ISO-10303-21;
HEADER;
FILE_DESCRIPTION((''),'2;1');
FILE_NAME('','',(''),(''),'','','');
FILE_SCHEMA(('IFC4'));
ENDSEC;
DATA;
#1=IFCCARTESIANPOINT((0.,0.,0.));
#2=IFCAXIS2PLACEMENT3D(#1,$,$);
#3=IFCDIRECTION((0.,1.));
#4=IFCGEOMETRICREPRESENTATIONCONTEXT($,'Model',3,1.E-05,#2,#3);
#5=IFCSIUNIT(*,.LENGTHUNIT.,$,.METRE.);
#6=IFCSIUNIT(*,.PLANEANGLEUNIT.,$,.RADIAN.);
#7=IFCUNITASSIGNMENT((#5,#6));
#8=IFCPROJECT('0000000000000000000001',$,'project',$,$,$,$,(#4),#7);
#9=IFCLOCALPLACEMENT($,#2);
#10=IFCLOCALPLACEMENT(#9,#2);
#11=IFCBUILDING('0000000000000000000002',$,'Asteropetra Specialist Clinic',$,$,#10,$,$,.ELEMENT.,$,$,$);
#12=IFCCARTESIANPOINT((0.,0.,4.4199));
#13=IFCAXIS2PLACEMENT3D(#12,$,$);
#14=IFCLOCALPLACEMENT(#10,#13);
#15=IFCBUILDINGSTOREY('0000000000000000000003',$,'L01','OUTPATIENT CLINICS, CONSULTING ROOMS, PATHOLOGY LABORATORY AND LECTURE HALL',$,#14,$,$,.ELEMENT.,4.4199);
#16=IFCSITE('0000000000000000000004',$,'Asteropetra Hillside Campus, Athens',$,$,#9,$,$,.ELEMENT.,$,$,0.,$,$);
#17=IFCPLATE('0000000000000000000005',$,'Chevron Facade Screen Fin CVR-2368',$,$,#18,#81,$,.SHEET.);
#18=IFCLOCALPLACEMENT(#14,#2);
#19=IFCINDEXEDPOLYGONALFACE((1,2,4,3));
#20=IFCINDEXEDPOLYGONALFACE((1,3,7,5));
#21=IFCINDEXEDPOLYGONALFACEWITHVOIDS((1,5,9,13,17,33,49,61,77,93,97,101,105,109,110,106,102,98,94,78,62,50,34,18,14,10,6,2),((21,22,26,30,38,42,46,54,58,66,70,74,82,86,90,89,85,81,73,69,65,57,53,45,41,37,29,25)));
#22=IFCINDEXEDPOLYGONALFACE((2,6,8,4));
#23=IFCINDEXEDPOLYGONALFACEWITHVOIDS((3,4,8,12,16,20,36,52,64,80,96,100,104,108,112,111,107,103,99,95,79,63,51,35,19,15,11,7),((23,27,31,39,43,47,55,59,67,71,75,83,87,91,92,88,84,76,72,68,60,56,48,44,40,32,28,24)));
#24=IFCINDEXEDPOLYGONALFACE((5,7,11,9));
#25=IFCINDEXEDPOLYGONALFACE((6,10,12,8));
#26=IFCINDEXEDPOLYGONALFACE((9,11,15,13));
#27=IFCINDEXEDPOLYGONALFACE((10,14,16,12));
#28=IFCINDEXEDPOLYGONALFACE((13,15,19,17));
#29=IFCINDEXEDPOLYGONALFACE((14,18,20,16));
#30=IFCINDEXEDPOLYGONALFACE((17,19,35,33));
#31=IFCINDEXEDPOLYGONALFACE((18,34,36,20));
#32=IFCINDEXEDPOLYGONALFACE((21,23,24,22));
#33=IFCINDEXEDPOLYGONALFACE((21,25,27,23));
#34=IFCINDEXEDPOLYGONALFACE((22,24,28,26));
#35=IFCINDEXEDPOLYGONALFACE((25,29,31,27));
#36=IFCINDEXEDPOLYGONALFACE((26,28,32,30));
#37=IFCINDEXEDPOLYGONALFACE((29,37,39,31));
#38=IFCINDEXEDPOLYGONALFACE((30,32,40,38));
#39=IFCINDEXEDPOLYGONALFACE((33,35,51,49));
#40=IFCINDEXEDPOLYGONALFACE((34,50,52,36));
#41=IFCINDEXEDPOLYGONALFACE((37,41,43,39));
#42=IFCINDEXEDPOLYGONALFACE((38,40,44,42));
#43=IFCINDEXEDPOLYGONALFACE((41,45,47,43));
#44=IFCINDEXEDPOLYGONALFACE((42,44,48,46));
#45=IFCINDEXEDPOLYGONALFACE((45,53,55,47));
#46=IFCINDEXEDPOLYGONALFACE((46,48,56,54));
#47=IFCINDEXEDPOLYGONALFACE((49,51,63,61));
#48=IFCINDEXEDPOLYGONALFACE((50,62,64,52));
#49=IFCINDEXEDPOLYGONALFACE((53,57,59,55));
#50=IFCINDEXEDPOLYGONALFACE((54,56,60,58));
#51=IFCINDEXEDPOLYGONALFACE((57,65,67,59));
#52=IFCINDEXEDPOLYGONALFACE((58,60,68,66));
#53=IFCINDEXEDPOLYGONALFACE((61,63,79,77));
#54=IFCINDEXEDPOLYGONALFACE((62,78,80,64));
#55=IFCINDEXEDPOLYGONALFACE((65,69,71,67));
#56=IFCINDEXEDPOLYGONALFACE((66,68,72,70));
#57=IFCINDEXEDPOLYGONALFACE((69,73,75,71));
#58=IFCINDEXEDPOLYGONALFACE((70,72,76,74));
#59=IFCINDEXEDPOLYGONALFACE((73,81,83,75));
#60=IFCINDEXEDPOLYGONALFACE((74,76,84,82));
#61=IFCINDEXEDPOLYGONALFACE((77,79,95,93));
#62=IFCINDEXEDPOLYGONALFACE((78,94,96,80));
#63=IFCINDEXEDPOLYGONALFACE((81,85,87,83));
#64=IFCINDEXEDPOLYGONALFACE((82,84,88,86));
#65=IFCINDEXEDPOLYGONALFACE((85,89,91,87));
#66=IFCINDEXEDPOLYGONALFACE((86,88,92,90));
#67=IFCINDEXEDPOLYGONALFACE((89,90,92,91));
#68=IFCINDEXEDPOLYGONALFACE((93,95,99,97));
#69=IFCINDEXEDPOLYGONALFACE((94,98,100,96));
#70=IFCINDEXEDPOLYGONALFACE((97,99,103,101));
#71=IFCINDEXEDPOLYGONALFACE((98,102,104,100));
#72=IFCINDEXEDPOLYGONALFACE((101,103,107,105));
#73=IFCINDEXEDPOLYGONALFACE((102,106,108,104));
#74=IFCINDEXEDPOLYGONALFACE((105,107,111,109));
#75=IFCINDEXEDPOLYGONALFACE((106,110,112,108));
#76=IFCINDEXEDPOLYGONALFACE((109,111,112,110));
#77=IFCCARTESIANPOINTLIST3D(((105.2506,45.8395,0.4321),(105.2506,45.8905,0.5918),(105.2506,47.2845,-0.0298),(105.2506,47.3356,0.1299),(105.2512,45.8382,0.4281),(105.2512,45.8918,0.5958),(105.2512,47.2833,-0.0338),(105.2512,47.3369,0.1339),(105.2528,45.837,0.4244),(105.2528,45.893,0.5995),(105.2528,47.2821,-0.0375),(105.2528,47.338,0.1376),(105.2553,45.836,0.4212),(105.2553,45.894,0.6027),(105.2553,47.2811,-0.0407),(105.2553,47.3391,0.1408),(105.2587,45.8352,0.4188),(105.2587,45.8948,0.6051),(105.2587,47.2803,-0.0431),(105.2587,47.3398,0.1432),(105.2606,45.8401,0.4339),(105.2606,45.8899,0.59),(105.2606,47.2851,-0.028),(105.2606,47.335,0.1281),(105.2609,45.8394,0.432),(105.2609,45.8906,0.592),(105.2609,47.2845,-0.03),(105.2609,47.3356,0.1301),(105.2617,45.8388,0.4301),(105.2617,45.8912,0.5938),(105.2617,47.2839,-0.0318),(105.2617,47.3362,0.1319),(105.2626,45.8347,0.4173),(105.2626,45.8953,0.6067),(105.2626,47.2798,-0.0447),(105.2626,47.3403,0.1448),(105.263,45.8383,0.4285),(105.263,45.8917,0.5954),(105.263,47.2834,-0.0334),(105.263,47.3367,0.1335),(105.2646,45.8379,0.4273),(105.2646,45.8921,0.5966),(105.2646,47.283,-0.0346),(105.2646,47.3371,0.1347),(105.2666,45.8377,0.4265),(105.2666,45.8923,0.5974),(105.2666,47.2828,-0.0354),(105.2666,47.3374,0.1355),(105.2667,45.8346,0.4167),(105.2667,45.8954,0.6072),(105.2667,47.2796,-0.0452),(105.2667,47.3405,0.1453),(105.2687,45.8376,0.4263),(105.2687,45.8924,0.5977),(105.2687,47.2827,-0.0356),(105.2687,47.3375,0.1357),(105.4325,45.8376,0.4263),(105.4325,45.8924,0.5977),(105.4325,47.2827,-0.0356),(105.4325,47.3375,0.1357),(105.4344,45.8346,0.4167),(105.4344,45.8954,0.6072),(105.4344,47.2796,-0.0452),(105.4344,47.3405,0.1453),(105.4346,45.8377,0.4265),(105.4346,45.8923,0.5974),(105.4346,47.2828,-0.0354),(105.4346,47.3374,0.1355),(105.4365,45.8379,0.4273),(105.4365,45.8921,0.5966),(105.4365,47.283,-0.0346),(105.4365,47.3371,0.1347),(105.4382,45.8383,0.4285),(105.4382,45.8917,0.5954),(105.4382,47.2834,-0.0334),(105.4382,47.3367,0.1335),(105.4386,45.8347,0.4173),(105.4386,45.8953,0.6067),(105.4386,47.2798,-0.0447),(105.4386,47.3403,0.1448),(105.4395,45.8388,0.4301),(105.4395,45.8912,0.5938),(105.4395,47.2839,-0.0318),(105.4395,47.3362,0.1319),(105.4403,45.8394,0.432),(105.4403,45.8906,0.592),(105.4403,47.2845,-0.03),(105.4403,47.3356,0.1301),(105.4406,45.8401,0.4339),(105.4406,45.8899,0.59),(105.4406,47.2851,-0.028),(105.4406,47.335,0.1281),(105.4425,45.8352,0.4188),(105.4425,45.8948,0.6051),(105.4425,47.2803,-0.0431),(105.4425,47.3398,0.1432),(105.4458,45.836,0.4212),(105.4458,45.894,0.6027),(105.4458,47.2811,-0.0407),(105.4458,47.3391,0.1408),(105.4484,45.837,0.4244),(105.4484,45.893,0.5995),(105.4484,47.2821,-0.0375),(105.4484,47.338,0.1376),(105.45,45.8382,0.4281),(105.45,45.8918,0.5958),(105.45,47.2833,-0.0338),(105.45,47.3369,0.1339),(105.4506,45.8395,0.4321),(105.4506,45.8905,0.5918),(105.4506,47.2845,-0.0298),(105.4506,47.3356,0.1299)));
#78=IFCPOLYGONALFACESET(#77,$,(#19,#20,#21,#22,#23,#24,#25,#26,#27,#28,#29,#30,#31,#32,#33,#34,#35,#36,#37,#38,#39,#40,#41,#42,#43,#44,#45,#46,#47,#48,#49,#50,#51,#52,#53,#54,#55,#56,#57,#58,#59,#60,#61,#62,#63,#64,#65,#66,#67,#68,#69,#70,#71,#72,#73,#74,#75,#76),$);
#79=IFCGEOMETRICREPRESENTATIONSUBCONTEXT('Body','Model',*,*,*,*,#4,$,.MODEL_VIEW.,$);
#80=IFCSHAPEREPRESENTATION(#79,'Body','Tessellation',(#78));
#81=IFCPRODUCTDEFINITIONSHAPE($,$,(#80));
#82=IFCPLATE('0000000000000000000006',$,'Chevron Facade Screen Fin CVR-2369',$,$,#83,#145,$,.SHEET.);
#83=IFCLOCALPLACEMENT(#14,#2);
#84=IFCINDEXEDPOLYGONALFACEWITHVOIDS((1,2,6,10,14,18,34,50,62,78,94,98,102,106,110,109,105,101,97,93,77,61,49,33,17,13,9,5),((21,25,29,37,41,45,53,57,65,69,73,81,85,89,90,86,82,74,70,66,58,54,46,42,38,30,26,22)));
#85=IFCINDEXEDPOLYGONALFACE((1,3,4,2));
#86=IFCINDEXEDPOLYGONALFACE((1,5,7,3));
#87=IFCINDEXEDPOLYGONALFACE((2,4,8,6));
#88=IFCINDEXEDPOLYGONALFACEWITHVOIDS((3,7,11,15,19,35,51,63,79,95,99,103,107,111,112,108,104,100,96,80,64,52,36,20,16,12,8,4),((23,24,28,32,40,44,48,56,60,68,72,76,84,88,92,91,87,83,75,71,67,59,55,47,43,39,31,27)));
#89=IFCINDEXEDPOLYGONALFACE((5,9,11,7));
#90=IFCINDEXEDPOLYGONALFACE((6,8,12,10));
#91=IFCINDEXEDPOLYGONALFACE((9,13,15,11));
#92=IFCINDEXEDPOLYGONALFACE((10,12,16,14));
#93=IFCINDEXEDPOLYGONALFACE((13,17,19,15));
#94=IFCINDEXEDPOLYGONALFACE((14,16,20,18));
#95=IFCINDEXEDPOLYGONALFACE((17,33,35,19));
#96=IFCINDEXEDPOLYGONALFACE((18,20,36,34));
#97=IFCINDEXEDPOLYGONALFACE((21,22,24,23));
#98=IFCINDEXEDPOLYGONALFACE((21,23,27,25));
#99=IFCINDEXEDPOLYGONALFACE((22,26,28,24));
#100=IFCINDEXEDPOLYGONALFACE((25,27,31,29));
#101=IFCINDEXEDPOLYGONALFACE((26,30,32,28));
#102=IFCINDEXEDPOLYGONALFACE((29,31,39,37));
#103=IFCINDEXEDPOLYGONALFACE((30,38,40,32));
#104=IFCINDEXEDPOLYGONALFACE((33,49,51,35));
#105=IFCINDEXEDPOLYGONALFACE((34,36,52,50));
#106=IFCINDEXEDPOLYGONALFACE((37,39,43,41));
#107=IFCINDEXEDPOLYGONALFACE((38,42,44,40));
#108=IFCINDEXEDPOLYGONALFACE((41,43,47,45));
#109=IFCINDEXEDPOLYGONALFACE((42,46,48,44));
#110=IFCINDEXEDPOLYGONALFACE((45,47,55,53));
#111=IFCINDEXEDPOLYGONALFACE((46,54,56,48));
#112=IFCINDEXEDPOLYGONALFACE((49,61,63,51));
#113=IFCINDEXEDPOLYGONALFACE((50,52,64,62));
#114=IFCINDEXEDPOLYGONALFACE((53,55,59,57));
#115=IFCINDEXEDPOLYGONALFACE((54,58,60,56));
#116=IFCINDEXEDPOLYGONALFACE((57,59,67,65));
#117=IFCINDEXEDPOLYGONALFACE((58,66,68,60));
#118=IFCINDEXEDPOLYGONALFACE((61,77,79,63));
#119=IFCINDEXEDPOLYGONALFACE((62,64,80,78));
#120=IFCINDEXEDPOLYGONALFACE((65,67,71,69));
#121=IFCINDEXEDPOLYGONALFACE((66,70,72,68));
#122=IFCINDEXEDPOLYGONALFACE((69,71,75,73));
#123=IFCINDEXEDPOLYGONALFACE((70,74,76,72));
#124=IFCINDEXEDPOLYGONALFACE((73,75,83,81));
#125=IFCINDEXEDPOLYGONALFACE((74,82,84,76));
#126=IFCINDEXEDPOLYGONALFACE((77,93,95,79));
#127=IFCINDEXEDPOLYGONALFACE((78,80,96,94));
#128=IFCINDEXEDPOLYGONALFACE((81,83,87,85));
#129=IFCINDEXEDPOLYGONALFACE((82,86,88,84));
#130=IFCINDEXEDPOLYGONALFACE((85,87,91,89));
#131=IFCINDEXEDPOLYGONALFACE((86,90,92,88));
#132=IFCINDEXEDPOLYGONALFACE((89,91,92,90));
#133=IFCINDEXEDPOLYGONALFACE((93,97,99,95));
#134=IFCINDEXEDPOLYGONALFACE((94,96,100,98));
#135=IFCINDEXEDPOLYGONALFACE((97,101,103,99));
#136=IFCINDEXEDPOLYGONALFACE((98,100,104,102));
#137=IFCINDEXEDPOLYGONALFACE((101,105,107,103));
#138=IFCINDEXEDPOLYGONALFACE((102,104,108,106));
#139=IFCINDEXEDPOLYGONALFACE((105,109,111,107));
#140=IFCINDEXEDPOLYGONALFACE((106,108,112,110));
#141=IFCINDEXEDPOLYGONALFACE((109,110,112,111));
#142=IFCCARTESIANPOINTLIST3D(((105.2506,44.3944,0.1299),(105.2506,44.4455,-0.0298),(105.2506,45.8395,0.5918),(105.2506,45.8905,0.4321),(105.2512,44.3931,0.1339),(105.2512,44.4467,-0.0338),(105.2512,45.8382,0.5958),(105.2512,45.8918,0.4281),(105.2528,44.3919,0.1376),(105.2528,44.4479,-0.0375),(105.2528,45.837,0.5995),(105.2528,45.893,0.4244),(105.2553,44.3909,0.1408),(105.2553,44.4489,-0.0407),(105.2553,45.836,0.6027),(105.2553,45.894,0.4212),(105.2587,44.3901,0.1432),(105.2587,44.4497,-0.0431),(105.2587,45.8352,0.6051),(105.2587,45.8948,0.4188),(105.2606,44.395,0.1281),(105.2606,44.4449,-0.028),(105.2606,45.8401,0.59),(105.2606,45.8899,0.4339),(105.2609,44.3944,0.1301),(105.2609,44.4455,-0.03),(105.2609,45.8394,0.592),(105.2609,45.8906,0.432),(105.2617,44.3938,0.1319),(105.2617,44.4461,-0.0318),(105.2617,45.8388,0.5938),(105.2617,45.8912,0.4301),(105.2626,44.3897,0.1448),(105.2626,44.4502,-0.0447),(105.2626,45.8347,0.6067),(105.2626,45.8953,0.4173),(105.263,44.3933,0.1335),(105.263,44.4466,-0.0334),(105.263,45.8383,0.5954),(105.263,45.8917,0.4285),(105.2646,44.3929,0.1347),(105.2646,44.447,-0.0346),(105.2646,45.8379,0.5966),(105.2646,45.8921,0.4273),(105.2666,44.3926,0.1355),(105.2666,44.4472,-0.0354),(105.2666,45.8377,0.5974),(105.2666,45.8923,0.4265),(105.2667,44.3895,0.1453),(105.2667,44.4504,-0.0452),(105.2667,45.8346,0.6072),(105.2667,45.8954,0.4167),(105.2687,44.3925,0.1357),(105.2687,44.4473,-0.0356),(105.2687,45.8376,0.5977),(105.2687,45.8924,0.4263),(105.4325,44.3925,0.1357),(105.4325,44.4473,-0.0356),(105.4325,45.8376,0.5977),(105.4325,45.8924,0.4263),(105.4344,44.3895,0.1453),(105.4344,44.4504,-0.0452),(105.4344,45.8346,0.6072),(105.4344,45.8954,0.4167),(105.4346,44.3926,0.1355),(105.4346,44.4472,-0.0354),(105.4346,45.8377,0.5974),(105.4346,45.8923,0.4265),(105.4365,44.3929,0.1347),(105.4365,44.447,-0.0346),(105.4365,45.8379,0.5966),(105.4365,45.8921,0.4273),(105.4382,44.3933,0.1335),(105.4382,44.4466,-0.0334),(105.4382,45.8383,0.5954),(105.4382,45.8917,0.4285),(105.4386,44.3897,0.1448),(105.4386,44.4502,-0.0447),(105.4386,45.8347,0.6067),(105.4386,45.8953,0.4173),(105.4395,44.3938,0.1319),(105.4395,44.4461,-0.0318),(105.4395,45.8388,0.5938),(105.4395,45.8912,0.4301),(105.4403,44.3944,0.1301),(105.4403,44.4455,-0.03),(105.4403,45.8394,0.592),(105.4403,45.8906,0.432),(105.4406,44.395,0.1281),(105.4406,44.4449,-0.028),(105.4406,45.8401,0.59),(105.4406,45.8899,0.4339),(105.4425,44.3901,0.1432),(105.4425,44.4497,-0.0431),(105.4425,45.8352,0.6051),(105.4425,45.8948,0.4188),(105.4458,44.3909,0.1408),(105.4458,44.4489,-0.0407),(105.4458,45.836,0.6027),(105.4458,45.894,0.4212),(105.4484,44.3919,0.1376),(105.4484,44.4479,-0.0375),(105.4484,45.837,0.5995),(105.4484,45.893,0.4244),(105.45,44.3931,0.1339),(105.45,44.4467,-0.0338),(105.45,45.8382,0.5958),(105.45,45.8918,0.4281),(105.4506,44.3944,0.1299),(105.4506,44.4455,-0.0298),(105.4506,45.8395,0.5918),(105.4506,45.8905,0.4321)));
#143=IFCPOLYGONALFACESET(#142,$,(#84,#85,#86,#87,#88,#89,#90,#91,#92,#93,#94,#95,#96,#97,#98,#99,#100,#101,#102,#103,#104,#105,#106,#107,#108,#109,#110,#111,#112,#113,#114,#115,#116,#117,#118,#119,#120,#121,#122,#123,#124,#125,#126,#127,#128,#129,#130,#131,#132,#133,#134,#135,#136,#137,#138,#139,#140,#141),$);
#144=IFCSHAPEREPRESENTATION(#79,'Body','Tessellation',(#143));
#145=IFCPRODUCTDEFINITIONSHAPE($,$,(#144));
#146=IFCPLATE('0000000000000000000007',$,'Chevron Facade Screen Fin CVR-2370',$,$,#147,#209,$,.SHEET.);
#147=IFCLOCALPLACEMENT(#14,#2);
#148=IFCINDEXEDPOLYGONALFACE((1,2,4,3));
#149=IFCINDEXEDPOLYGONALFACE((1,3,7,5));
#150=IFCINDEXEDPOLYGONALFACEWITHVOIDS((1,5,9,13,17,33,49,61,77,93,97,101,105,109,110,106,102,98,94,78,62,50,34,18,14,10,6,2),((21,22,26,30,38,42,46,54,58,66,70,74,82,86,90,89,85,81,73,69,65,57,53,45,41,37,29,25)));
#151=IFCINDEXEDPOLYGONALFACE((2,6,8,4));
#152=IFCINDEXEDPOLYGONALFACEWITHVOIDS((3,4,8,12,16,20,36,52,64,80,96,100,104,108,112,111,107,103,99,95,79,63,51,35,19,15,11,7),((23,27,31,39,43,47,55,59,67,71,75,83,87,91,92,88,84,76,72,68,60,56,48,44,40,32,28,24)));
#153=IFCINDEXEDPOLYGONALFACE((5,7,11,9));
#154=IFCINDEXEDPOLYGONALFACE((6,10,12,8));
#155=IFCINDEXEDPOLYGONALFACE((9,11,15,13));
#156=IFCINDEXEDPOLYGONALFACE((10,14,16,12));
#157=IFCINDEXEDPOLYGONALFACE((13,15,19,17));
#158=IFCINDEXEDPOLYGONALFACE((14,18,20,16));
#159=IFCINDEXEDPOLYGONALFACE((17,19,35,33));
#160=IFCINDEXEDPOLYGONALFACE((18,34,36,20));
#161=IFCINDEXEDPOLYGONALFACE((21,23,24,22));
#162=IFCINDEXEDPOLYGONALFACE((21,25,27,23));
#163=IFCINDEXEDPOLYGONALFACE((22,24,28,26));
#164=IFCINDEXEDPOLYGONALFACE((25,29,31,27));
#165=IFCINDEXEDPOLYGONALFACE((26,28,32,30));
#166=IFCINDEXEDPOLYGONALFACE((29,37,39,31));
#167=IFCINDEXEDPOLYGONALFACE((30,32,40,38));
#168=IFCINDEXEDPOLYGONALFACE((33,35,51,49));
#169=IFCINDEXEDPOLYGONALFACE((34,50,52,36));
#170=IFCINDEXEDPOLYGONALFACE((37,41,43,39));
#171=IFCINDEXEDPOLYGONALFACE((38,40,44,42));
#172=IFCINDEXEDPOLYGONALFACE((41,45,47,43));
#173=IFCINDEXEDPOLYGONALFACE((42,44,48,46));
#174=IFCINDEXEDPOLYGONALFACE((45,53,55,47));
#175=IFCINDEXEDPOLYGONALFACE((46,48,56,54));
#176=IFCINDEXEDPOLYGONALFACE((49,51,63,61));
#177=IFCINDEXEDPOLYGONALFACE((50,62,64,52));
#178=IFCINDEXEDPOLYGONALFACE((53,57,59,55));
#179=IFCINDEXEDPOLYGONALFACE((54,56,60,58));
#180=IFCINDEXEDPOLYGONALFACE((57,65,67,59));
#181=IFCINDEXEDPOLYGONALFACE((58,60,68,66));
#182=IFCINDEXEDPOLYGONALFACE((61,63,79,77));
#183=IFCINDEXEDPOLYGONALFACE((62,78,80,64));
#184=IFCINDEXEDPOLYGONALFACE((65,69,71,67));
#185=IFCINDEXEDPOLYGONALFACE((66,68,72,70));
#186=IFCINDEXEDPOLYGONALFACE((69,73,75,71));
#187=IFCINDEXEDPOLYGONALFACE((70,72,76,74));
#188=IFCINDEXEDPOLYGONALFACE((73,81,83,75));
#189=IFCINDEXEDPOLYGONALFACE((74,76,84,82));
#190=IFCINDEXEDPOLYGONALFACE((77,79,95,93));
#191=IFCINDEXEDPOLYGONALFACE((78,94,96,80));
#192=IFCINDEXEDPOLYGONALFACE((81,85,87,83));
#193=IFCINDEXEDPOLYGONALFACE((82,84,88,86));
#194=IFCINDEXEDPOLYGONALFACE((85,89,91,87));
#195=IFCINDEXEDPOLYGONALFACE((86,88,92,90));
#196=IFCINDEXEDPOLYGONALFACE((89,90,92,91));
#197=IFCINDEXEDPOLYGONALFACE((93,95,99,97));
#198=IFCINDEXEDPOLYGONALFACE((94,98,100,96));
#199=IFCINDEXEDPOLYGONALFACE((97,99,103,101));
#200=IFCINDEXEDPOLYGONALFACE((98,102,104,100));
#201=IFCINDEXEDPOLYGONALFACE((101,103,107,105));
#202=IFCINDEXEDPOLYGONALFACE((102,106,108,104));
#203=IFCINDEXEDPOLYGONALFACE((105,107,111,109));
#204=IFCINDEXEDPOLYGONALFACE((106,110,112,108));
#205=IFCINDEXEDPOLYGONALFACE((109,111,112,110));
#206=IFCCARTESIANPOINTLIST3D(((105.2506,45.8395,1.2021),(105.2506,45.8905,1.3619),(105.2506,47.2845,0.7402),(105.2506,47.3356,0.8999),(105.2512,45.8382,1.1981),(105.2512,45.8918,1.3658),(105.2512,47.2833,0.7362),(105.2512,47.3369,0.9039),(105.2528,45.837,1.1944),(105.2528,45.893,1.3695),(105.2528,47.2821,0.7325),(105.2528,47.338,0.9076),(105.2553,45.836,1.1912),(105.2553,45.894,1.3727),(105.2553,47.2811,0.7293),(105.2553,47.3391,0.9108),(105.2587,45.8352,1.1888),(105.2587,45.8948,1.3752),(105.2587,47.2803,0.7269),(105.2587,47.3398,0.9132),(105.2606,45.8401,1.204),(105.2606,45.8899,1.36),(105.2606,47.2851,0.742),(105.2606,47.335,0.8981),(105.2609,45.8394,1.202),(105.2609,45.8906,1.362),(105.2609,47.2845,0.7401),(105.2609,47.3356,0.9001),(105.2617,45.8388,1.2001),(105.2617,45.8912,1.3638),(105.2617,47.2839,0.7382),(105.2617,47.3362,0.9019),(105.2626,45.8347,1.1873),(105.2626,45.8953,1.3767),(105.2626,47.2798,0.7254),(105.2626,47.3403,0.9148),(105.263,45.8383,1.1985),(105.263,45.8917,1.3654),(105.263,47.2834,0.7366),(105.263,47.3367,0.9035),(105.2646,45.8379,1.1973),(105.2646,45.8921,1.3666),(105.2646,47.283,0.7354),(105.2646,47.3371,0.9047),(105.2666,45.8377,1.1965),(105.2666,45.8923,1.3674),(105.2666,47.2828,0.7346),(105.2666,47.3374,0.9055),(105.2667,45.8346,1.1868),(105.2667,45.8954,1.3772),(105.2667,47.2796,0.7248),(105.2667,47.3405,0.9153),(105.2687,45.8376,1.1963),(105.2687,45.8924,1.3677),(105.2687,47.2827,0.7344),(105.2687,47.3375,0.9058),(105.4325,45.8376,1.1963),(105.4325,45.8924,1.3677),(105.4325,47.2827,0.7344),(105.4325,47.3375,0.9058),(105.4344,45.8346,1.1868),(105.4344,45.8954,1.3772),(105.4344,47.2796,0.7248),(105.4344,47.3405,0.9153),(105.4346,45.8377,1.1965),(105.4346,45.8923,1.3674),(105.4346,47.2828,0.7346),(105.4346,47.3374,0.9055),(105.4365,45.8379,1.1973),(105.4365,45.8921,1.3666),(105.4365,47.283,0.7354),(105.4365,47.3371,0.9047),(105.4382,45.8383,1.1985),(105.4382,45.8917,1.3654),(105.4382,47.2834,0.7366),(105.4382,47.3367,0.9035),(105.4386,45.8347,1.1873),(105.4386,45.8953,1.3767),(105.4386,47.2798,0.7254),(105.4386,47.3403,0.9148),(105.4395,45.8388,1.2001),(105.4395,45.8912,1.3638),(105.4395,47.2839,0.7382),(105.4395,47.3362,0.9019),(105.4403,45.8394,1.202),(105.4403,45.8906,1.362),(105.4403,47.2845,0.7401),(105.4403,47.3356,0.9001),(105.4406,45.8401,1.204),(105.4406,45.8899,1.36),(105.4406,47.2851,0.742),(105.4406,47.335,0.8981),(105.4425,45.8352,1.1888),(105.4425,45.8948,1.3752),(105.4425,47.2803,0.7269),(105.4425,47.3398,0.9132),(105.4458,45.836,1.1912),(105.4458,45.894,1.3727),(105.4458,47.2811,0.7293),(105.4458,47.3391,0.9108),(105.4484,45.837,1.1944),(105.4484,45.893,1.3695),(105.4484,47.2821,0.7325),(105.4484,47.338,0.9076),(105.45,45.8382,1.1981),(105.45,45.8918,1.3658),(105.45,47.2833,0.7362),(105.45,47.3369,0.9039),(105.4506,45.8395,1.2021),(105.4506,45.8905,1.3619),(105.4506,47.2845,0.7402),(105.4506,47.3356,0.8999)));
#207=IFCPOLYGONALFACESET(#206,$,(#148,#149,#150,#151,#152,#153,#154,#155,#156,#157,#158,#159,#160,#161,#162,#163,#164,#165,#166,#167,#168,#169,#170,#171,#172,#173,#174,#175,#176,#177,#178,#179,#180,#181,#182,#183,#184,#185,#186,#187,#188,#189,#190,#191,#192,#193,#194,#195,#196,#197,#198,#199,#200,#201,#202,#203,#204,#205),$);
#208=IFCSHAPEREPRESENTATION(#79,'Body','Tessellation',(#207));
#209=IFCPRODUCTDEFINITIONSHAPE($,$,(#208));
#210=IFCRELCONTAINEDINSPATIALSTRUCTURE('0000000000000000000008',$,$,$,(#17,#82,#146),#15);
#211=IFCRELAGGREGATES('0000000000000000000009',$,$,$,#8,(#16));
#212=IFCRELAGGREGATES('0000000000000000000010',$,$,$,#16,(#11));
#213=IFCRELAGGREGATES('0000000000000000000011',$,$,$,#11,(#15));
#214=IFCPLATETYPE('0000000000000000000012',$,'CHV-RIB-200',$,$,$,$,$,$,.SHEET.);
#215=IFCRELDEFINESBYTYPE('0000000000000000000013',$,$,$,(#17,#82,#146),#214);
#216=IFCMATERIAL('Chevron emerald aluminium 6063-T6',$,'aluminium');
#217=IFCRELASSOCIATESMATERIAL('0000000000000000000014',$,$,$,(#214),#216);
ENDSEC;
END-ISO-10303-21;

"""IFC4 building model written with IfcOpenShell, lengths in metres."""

from ifc_helpers import new_model, si_unit, direction, frame, origin, origin_2d, place, context, subcontext, project, spatial, hollow_rectangle, extrude, material, material_profile, profile_set, type_object, element, save


model = new_model("IFC4")

# Units and contexts
model_context = context("Model", 3, precision=1e-05, world=origin(), true_north=direction((0.0, 1.0)))
body_context = subcontext(model_context, "Body", "Model", "MODEL_VIEW")
ifc_project = project(units=[si_unit("LENGTHUNIT", "METRE"), si_unit("PLANEANGLEUNIT", "RADIAN")], contexts=[model_context])

# Site, building, storey
site_placement = place(None, origin())
site = spatial("IfcSite", under=ifc_project, at=site_placement, Name="Asteropetra Hillside Campus, Athens", CompositionType="ELEMENT", RefElevation=0.0)
building_placement = place(site_placement, origin())
building = spatial("IfcBuilding", under=site, at=building_placement, Name="Asteropetra Specialist Clinic", CompositionType="ELEMENT")
storey_placement = place(building_placement, frame((0.0, 0.0, 4.4199)))
storey = spatial("IfcBuildingStorey", under=building, at=storey_placement, Name="L01", Description="OUTPATIENT CLINICS, CONSULTING ROOMS, PATHOLOGY LABORATORY AND LECTURE HALL", CompositionType="ELEMENT", Elevation=4.4199)

# Plates
ifc_material_1 = material(Name="Chevron emerald aluminium 6063-T6", Category="aluminium")
ifc_material_profile = material_profile(ifc_material_1, hollow_rectangle(XDim=0.2, YDim=0.2, WallThickness=0.01, InnerFilletRadius=0.0081, OuterFilletRadius=0.0161, at=origin_2d()), Name="SHS 200x200x10.0")
ifc_profile_set = profile_set([ifc_material_profile], Name="Chevron emerald aluminium 6063-T6")
plate_type = type_object("IfcPlateType", Name="CHV-RIB-200", PredefinedType="SHEET", material=ifc_profile_set)
for number, where, z_axis, x_axis, name in (
    (1, (105.3506, 47.3101, 0.05), (0.0, -0.952521, 0.304472), (1.0, 0.0, 0.0), "Chevron Facade Screen Fin CVR-2368"),
    (2, (105.3506, 45.865, 0.512), (0.0, -0.952521, -0.304472), (1.0, 0.0, 0.0), "Chevron Facade Screen Fin CVR-2369"),
    (3, (105.3506, 47.3101, 0.8201), (0.0, -0.952521, 0.304472), (1.0, 0.0, 0.0), "Chevron Facade Screen Fin CVR-2370"),
):
    element("IfcPlate", number, at=place(storey_placement, frame(where, z_axis=z_axis, x_axis=x_axis)), inside=storey, type_object=plate_type, Name=name, PredefinedType="SHEET", context=body_context, shape_type="SweptSolid", body=[
        extrude(hollow_rectangle(XDim=0.2, YDim=0.2, WallThickness=0.01, InnerFilletRadius=0.0081, OuterFilletRadius=0.0161, at=origin_2d()), origin(), (0.0, 0.0, 1.0), 1.5171),
    ])

save(model, "model.ifc")
